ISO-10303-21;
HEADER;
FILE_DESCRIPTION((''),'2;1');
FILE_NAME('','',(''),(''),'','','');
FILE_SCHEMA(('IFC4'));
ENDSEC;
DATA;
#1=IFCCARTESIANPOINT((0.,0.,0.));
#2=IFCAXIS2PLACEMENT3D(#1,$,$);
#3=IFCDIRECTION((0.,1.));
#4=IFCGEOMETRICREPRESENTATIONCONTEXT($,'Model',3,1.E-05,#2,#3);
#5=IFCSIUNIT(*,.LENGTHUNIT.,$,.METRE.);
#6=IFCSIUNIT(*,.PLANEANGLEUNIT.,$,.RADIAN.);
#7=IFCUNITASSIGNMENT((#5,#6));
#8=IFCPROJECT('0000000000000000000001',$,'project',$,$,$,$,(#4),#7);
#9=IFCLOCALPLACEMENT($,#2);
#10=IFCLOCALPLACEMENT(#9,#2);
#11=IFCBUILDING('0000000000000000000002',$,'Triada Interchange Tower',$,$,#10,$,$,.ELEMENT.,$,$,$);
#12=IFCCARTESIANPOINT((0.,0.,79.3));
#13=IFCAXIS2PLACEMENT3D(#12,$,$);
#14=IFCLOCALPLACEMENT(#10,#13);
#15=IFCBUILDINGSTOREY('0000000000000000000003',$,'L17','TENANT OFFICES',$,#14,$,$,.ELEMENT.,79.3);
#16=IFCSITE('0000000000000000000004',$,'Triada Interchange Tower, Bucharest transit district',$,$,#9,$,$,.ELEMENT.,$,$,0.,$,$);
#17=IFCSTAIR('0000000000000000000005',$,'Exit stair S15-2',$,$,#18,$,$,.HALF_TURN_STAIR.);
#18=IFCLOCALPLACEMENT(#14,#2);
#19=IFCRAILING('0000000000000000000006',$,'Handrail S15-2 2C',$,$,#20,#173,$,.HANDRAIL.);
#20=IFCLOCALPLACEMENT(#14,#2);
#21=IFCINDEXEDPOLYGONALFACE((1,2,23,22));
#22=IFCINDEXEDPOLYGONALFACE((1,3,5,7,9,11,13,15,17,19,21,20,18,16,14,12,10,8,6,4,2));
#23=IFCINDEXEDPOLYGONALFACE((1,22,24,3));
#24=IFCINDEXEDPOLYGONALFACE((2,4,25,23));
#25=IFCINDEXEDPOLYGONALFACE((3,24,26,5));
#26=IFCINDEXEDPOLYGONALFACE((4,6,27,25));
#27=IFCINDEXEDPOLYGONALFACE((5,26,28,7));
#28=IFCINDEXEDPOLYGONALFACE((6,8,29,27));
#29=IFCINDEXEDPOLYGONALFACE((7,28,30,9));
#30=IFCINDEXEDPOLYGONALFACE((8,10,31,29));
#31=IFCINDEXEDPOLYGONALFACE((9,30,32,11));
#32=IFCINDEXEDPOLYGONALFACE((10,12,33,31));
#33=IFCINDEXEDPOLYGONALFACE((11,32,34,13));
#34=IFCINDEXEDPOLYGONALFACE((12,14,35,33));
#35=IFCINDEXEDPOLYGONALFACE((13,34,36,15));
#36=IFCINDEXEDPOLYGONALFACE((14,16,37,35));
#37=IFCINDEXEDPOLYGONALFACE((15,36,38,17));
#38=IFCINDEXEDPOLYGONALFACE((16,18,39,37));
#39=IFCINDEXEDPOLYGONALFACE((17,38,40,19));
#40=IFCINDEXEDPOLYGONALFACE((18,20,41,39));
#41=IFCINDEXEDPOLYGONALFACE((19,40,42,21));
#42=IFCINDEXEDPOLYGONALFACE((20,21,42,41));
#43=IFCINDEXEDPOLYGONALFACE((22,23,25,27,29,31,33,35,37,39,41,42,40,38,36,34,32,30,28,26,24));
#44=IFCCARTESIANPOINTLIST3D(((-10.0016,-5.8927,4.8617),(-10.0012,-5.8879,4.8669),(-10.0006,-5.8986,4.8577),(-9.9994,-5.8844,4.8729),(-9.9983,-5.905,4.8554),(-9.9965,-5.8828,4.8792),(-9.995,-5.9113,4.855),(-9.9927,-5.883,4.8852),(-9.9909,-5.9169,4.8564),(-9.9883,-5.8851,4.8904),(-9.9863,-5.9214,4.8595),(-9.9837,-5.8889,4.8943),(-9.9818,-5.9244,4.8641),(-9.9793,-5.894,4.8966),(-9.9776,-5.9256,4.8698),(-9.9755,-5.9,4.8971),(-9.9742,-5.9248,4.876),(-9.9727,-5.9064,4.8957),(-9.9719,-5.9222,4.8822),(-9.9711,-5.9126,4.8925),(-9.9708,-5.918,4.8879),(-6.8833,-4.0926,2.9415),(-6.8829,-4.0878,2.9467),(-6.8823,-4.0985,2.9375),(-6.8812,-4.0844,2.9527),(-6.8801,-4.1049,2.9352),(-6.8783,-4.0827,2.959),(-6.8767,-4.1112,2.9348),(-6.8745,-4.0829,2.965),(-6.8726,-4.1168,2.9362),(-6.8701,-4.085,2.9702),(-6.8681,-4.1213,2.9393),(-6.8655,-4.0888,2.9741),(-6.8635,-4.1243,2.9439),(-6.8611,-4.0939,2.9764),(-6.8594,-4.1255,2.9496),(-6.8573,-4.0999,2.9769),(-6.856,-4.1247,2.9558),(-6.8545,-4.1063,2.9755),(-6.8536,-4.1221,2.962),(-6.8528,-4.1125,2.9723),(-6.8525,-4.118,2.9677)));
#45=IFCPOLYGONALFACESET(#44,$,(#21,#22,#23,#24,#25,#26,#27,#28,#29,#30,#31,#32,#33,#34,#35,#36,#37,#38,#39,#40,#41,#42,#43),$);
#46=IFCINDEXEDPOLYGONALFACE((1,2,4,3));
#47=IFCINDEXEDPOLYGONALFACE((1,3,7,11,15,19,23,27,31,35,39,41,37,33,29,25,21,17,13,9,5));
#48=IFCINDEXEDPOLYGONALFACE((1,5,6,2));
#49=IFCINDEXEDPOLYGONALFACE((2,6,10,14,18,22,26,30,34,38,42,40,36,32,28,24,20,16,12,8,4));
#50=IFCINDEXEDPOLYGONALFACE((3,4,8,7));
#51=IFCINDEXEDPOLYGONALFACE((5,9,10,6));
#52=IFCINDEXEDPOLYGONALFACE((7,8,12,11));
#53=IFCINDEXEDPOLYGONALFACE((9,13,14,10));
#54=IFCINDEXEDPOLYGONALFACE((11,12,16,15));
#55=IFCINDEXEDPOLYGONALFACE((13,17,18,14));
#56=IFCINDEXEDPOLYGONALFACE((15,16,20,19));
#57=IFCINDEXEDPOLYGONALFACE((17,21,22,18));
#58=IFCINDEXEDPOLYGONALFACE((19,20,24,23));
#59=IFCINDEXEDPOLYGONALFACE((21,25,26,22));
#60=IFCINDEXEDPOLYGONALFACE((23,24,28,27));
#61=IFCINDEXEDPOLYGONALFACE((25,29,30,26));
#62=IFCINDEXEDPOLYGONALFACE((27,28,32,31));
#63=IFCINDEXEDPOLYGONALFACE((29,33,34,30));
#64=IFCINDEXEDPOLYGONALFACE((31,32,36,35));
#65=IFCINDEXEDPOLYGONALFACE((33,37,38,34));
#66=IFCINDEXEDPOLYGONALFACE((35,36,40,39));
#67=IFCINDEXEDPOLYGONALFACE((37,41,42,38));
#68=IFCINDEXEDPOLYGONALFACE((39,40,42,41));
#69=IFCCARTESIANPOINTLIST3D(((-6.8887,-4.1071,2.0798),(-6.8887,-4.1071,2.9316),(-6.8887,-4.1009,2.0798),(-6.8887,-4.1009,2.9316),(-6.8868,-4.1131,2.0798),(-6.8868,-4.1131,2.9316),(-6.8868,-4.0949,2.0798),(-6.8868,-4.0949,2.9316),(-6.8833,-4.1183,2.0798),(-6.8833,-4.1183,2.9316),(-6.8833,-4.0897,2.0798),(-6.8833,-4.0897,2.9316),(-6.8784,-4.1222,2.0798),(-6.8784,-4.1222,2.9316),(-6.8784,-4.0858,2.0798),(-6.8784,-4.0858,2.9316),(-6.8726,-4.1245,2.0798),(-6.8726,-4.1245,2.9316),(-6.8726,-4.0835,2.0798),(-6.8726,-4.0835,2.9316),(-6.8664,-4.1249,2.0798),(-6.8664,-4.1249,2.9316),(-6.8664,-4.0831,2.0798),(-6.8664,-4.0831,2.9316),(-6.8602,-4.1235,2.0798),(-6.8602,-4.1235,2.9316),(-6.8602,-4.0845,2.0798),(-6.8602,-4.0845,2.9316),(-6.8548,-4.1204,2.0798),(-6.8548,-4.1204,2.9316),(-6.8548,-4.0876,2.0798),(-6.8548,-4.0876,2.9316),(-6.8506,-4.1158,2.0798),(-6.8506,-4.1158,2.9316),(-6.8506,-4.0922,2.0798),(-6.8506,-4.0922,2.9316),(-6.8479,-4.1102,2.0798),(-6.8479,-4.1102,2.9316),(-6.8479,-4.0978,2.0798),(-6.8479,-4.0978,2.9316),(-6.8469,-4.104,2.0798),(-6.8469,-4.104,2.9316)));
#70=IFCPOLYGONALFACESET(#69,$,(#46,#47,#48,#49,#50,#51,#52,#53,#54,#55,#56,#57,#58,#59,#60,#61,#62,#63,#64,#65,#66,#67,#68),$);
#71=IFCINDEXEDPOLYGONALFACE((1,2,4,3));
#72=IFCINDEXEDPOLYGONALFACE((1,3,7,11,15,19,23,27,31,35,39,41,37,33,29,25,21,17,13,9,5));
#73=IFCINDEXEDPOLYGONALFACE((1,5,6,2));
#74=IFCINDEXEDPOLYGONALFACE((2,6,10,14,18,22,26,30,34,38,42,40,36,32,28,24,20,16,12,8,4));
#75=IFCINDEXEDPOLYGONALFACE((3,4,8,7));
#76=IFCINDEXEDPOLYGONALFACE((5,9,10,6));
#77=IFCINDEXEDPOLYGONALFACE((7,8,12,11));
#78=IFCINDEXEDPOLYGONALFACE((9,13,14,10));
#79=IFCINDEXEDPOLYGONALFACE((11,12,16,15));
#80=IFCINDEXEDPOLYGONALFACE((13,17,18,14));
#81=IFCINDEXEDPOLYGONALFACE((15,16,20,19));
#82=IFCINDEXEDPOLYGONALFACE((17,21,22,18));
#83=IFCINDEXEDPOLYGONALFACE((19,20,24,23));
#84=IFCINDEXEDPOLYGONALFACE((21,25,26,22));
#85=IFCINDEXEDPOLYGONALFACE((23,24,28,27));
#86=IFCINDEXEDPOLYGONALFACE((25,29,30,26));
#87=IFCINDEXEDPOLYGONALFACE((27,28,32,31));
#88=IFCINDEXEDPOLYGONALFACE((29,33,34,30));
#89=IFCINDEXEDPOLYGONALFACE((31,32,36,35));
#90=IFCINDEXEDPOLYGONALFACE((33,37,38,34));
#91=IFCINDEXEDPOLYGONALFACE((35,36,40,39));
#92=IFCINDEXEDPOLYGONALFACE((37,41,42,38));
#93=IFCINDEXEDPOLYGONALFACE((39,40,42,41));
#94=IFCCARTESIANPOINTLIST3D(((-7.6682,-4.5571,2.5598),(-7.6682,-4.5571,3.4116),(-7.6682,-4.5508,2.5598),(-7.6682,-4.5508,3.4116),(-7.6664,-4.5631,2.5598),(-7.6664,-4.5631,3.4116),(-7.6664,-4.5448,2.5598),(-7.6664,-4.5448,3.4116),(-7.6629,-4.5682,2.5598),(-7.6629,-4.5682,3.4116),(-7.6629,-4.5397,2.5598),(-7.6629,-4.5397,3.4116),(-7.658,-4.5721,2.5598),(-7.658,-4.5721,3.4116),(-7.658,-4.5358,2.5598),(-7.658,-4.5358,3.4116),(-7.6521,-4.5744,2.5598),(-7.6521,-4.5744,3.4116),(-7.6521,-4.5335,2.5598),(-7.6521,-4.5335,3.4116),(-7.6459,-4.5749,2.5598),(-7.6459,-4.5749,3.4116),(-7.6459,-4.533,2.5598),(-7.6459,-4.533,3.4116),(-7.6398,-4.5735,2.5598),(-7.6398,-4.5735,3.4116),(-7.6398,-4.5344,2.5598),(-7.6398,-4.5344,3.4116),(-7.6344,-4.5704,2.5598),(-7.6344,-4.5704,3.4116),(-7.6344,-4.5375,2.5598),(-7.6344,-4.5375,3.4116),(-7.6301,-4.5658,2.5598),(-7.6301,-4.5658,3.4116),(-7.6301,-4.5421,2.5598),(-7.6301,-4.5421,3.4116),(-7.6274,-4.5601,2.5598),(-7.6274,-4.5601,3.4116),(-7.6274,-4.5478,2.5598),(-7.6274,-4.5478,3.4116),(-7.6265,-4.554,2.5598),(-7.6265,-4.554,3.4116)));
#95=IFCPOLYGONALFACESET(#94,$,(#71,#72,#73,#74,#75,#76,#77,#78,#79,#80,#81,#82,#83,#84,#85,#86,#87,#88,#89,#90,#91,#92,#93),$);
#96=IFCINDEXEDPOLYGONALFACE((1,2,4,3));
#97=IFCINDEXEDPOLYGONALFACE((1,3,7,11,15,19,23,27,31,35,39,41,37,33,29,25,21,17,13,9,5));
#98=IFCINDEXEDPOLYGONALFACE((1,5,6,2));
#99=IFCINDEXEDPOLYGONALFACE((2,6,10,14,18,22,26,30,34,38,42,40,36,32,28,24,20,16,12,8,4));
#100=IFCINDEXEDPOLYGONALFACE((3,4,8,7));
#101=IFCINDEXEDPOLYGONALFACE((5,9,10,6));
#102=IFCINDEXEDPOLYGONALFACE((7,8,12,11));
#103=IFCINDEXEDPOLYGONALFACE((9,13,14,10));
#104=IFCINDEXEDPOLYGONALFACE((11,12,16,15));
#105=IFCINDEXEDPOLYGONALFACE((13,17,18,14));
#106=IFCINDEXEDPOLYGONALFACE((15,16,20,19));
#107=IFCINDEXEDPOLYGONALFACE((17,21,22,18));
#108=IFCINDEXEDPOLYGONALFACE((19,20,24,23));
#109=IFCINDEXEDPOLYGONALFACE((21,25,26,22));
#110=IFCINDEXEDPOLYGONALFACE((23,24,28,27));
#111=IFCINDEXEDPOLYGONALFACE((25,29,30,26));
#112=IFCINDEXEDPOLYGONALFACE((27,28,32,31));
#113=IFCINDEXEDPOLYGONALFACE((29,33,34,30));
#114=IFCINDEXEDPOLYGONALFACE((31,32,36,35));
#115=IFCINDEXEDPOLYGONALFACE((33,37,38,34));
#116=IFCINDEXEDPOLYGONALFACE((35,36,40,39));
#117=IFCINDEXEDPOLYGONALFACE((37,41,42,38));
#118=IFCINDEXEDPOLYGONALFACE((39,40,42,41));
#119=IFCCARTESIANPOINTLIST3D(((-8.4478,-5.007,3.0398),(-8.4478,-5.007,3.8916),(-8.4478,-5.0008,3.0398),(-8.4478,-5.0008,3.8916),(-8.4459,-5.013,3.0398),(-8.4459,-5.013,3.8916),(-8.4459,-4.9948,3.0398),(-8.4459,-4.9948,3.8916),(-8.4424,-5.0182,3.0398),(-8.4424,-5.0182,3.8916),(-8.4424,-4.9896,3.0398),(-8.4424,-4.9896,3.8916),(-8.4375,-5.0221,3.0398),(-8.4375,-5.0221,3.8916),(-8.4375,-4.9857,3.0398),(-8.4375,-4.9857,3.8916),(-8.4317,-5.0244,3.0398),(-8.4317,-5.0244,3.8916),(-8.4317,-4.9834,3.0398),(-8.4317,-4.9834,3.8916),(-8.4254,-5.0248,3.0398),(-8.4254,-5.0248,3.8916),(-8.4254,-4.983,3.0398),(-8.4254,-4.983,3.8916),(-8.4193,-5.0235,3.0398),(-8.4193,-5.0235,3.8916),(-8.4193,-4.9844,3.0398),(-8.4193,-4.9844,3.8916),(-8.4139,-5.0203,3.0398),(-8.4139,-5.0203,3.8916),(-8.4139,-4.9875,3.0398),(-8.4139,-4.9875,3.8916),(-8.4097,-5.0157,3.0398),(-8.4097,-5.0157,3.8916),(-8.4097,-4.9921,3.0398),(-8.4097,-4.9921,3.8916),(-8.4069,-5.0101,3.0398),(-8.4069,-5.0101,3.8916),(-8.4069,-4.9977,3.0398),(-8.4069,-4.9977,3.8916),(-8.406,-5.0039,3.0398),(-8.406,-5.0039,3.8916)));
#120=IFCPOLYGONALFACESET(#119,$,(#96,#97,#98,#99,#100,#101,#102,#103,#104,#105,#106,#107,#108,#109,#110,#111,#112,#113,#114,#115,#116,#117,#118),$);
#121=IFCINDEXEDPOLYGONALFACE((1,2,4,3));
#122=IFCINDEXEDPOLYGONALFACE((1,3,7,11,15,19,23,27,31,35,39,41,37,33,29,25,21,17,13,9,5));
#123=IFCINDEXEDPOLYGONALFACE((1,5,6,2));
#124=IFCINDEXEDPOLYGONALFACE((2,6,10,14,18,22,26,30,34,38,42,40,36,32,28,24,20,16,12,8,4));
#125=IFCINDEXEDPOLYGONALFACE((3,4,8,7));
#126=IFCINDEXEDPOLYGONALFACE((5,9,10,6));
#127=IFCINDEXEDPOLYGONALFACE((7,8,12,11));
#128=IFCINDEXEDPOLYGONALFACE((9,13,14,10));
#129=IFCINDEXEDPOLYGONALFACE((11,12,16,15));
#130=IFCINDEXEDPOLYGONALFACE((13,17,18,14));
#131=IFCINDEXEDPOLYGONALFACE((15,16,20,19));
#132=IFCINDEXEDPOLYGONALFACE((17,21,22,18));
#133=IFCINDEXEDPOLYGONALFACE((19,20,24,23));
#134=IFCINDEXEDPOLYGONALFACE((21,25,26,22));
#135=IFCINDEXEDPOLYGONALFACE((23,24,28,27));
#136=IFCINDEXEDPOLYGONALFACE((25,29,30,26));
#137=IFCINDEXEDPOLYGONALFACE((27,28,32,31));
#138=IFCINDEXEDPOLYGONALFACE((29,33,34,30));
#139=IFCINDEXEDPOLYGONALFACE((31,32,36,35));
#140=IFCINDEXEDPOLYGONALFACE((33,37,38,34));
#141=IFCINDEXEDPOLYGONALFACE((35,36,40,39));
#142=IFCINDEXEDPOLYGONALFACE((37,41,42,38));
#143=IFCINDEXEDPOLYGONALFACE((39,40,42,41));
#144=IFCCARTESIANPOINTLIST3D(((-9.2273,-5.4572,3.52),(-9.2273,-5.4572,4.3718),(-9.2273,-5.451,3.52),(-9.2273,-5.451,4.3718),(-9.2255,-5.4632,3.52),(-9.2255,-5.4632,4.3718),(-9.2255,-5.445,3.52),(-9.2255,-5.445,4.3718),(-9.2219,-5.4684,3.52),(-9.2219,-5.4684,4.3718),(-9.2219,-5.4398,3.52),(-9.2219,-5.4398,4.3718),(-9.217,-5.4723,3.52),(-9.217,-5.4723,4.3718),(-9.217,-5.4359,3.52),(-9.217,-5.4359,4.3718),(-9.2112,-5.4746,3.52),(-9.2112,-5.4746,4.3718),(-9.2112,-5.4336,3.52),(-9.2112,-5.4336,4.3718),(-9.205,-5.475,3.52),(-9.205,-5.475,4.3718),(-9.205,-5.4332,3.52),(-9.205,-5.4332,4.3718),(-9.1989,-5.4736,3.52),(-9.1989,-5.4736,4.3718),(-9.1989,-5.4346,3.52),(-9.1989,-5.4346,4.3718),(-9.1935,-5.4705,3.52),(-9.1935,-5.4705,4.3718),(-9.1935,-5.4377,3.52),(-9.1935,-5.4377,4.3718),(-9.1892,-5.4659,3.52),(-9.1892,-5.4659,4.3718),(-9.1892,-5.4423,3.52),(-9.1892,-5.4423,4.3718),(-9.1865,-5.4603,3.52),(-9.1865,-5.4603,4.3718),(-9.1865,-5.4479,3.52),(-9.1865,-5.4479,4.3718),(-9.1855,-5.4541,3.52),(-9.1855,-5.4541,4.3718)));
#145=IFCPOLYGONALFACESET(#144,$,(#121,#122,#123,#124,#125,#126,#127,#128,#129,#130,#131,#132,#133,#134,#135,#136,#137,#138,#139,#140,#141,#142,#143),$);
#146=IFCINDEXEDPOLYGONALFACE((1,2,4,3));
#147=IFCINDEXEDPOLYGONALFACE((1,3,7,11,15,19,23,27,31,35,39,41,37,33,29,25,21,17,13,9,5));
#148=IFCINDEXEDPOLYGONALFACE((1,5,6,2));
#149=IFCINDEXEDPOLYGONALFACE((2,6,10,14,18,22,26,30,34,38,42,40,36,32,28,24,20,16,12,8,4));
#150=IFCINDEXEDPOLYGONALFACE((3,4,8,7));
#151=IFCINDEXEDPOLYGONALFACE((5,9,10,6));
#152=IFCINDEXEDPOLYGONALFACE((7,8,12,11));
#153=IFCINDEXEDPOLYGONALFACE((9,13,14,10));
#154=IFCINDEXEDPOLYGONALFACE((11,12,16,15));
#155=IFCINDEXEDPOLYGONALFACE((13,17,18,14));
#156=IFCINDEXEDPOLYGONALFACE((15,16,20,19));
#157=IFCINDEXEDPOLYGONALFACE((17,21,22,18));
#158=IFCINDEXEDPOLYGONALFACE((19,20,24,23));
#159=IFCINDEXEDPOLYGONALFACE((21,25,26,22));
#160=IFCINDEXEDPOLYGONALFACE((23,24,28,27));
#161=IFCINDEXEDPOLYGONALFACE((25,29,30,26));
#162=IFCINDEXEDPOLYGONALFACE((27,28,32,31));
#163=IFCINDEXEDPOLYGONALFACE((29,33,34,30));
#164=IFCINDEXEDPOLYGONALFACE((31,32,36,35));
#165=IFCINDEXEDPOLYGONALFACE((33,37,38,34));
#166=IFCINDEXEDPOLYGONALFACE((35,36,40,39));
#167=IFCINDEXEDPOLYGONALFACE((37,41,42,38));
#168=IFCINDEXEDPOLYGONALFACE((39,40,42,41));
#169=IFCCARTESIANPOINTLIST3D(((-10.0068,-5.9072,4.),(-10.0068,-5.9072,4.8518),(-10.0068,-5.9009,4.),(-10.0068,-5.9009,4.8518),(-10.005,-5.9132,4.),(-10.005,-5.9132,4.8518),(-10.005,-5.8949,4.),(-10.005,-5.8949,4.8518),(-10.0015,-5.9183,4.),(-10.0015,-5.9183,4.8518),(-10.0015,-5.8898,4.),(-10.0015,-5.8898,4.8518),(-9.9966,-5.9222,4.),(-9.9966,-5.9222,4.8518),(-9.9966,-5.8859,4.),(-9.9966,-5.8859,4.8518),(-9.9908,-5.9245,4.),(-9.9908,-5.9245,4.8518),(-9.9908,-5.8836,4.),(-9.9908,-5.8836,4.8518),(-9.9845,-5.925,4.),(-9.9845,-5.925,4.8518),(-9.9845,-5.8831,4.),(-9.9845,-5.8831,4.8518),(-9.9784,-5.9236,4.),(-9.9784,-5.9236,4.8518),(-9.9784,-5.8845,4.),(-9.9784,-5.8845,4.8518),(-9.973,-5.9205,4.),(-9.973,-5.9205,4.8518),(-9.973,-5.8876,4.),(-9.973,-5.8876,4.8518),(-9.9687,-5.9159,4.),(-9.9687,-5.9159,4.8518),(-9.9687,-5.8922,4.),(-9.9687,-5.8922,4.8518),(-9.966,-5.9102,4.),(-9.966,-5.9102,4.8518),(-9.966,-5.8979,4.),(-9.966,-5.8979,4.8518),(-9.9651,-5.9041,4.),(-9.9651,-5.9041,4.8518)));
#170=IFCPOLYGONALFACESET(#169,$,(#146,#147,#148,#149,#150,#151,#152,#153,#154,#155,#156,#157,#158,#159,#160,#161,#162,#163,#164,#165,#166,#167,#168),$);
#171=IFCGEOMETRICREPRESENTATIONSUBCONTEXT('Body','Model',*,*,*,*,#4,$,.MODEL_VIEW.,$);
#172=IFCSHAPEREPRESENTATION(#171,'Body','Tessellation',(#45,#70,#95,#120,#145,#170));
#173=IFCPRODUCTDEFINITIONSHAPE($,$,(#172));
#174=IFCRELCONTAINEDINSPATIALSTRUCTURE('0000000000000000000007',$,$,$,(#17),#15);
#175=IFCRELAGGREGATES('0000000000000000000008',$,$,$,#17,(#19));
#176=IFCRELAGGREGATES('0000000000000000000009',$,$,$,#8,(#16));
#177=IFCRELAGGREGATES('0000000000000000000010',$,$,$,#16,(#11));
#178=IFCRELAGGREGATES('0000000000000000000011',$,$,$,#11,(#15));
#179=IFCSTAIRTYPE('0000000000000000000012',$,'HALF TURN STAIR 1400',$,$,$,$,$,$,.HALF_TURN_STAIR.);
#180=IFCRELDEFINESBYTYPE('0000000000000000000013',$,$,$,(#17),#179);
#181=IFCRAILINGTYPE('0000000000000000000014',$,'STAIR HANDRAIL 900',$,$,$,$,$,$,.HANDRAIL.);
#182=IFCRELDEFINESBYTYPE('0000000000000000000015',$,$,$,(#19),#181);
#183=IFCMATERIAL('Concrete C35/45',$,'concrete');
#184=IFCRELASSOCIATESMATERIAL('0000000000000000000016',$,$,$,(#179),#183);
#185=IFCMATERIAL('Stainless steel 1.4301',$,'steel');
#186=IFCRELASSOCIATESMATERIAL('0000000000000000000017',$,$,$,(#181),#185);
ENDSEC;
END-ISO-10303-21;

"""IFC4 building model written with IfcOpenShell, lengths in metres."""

from ifc_helpers import new_model, si_unit, direction, frame, origin, origin_2d, place, context, subcontext, project, spatial, circle, extrude, material, type_object, element, aggregate, save


model = new_model("IFC4")

# Units and contexts
model_context = context("Model", 3, precision=1e-05, world=origin(), true_north=direction((0.0, 1.0)))
body_context = subcontext(model_context, "Body", "Model", "MODEL_VIEW")
ifc_project = project(units=[si_unit("LENGTHUNIT", "METRE"), si_unit("PLANEANGLEUNIT", "RADIAN")], contexts=[model_context])

# Site, building, storey
site_placement = place(None, origin())
site = spatial("IfcSite", under=ifc_project, at=site_placement, Name="Triada Interchange Tower, Bucharest transit district", CompositionType="ELEMENT", RefElevation=0.0)
building_placement = place(site_placement, origin())
building = spatial("IfcBuilding", under=site, at=building_placement, Name="Triada Interchange Tower", CompositionType="ELEMENT")
storey_placement = place(building_placement, frame((0.0, 0.0, 79.3)))
storey = spatial("IfcBuildingStorey", under=building, at=storey_placement, Name="L17", Description="TENANT OFFICES", CompositionType="ELEMENT", Elevation=79.3)

# Stair, railing
ifc_material_1 = material(Name="Concrete C35/45", Category="concrete")
stair_type = type_object("IfcStairType", Name="HALF TURN STAIR 1400", PredefinedType="HALF_TURN_STAIR", material=ifc_material_1)
stair_placement = place(storey_placement, origin())
stair = element("IfcStair", 1, at=stair_placement, inside=storey, type_object=stair_type, Name="Exit stair S15-2", PredefinedType="HALF_TURN_STAIR")
ifc_material_2 = material(Name="Stainless steel 1.4301", Category="steel")
railing_type = type_object("IfcRailingType", Name="STAIR HANDRAIL 900", PredefinedType="HANDRAIL", material=ifc_material_2)
railing_1_placement = place(storey_placement, frame((-6.8679, -4.104, 2.0798)))
railing_1 = element("IfcRailing", 2, at=railing_1_placement, type_object=railing_type, Name="Handrail S15-2 2C", PredefinedType="HANDRAIL", context=body_context, shape_type="SweptSolid", body=[
    extrude(circle(Radius=0.0239, at=origin_2d()), frame((0.0, 0.0, 0.876), z_axis=(-0.76417, -0.441139, 0.470576), x_axis=(0.499953, -0.866052, 0.0)), (0.0, 0.0, 1.0), 4.0806),
    extrude(circle(Radius=0.021, at=origin_2d()), origin(), (0.0, 0.0, 1.0), 0.8518),
    extrude(circle(Radius=0.021, at=origin_2d()), frame((-0.7795, -0.45, 0.48)), (0.0, 0.0, 1.0), 0.8518),
    extrude(circle(Radius=0.021, at=origin_2d()), frame((-1.5591, -0.8999, 0.96)), (0.0, 0.0, 1.0), 0.8518),
    extrude(circle(Radius=0.021, at=origin_2d()), frame((-2.3386, -1.3501, 1.4402)), (0.0, 0.0, 1.0), 0.8518),
    extrude(circle(Radius=0.021, at=origin_2d()), frame((-3.1182, -1.8, 1.9202)), (0.0, 0.0, 1.0), 0.8518),
])
aggregate(stair, [railing_1])

save(model, "model.ifc")
